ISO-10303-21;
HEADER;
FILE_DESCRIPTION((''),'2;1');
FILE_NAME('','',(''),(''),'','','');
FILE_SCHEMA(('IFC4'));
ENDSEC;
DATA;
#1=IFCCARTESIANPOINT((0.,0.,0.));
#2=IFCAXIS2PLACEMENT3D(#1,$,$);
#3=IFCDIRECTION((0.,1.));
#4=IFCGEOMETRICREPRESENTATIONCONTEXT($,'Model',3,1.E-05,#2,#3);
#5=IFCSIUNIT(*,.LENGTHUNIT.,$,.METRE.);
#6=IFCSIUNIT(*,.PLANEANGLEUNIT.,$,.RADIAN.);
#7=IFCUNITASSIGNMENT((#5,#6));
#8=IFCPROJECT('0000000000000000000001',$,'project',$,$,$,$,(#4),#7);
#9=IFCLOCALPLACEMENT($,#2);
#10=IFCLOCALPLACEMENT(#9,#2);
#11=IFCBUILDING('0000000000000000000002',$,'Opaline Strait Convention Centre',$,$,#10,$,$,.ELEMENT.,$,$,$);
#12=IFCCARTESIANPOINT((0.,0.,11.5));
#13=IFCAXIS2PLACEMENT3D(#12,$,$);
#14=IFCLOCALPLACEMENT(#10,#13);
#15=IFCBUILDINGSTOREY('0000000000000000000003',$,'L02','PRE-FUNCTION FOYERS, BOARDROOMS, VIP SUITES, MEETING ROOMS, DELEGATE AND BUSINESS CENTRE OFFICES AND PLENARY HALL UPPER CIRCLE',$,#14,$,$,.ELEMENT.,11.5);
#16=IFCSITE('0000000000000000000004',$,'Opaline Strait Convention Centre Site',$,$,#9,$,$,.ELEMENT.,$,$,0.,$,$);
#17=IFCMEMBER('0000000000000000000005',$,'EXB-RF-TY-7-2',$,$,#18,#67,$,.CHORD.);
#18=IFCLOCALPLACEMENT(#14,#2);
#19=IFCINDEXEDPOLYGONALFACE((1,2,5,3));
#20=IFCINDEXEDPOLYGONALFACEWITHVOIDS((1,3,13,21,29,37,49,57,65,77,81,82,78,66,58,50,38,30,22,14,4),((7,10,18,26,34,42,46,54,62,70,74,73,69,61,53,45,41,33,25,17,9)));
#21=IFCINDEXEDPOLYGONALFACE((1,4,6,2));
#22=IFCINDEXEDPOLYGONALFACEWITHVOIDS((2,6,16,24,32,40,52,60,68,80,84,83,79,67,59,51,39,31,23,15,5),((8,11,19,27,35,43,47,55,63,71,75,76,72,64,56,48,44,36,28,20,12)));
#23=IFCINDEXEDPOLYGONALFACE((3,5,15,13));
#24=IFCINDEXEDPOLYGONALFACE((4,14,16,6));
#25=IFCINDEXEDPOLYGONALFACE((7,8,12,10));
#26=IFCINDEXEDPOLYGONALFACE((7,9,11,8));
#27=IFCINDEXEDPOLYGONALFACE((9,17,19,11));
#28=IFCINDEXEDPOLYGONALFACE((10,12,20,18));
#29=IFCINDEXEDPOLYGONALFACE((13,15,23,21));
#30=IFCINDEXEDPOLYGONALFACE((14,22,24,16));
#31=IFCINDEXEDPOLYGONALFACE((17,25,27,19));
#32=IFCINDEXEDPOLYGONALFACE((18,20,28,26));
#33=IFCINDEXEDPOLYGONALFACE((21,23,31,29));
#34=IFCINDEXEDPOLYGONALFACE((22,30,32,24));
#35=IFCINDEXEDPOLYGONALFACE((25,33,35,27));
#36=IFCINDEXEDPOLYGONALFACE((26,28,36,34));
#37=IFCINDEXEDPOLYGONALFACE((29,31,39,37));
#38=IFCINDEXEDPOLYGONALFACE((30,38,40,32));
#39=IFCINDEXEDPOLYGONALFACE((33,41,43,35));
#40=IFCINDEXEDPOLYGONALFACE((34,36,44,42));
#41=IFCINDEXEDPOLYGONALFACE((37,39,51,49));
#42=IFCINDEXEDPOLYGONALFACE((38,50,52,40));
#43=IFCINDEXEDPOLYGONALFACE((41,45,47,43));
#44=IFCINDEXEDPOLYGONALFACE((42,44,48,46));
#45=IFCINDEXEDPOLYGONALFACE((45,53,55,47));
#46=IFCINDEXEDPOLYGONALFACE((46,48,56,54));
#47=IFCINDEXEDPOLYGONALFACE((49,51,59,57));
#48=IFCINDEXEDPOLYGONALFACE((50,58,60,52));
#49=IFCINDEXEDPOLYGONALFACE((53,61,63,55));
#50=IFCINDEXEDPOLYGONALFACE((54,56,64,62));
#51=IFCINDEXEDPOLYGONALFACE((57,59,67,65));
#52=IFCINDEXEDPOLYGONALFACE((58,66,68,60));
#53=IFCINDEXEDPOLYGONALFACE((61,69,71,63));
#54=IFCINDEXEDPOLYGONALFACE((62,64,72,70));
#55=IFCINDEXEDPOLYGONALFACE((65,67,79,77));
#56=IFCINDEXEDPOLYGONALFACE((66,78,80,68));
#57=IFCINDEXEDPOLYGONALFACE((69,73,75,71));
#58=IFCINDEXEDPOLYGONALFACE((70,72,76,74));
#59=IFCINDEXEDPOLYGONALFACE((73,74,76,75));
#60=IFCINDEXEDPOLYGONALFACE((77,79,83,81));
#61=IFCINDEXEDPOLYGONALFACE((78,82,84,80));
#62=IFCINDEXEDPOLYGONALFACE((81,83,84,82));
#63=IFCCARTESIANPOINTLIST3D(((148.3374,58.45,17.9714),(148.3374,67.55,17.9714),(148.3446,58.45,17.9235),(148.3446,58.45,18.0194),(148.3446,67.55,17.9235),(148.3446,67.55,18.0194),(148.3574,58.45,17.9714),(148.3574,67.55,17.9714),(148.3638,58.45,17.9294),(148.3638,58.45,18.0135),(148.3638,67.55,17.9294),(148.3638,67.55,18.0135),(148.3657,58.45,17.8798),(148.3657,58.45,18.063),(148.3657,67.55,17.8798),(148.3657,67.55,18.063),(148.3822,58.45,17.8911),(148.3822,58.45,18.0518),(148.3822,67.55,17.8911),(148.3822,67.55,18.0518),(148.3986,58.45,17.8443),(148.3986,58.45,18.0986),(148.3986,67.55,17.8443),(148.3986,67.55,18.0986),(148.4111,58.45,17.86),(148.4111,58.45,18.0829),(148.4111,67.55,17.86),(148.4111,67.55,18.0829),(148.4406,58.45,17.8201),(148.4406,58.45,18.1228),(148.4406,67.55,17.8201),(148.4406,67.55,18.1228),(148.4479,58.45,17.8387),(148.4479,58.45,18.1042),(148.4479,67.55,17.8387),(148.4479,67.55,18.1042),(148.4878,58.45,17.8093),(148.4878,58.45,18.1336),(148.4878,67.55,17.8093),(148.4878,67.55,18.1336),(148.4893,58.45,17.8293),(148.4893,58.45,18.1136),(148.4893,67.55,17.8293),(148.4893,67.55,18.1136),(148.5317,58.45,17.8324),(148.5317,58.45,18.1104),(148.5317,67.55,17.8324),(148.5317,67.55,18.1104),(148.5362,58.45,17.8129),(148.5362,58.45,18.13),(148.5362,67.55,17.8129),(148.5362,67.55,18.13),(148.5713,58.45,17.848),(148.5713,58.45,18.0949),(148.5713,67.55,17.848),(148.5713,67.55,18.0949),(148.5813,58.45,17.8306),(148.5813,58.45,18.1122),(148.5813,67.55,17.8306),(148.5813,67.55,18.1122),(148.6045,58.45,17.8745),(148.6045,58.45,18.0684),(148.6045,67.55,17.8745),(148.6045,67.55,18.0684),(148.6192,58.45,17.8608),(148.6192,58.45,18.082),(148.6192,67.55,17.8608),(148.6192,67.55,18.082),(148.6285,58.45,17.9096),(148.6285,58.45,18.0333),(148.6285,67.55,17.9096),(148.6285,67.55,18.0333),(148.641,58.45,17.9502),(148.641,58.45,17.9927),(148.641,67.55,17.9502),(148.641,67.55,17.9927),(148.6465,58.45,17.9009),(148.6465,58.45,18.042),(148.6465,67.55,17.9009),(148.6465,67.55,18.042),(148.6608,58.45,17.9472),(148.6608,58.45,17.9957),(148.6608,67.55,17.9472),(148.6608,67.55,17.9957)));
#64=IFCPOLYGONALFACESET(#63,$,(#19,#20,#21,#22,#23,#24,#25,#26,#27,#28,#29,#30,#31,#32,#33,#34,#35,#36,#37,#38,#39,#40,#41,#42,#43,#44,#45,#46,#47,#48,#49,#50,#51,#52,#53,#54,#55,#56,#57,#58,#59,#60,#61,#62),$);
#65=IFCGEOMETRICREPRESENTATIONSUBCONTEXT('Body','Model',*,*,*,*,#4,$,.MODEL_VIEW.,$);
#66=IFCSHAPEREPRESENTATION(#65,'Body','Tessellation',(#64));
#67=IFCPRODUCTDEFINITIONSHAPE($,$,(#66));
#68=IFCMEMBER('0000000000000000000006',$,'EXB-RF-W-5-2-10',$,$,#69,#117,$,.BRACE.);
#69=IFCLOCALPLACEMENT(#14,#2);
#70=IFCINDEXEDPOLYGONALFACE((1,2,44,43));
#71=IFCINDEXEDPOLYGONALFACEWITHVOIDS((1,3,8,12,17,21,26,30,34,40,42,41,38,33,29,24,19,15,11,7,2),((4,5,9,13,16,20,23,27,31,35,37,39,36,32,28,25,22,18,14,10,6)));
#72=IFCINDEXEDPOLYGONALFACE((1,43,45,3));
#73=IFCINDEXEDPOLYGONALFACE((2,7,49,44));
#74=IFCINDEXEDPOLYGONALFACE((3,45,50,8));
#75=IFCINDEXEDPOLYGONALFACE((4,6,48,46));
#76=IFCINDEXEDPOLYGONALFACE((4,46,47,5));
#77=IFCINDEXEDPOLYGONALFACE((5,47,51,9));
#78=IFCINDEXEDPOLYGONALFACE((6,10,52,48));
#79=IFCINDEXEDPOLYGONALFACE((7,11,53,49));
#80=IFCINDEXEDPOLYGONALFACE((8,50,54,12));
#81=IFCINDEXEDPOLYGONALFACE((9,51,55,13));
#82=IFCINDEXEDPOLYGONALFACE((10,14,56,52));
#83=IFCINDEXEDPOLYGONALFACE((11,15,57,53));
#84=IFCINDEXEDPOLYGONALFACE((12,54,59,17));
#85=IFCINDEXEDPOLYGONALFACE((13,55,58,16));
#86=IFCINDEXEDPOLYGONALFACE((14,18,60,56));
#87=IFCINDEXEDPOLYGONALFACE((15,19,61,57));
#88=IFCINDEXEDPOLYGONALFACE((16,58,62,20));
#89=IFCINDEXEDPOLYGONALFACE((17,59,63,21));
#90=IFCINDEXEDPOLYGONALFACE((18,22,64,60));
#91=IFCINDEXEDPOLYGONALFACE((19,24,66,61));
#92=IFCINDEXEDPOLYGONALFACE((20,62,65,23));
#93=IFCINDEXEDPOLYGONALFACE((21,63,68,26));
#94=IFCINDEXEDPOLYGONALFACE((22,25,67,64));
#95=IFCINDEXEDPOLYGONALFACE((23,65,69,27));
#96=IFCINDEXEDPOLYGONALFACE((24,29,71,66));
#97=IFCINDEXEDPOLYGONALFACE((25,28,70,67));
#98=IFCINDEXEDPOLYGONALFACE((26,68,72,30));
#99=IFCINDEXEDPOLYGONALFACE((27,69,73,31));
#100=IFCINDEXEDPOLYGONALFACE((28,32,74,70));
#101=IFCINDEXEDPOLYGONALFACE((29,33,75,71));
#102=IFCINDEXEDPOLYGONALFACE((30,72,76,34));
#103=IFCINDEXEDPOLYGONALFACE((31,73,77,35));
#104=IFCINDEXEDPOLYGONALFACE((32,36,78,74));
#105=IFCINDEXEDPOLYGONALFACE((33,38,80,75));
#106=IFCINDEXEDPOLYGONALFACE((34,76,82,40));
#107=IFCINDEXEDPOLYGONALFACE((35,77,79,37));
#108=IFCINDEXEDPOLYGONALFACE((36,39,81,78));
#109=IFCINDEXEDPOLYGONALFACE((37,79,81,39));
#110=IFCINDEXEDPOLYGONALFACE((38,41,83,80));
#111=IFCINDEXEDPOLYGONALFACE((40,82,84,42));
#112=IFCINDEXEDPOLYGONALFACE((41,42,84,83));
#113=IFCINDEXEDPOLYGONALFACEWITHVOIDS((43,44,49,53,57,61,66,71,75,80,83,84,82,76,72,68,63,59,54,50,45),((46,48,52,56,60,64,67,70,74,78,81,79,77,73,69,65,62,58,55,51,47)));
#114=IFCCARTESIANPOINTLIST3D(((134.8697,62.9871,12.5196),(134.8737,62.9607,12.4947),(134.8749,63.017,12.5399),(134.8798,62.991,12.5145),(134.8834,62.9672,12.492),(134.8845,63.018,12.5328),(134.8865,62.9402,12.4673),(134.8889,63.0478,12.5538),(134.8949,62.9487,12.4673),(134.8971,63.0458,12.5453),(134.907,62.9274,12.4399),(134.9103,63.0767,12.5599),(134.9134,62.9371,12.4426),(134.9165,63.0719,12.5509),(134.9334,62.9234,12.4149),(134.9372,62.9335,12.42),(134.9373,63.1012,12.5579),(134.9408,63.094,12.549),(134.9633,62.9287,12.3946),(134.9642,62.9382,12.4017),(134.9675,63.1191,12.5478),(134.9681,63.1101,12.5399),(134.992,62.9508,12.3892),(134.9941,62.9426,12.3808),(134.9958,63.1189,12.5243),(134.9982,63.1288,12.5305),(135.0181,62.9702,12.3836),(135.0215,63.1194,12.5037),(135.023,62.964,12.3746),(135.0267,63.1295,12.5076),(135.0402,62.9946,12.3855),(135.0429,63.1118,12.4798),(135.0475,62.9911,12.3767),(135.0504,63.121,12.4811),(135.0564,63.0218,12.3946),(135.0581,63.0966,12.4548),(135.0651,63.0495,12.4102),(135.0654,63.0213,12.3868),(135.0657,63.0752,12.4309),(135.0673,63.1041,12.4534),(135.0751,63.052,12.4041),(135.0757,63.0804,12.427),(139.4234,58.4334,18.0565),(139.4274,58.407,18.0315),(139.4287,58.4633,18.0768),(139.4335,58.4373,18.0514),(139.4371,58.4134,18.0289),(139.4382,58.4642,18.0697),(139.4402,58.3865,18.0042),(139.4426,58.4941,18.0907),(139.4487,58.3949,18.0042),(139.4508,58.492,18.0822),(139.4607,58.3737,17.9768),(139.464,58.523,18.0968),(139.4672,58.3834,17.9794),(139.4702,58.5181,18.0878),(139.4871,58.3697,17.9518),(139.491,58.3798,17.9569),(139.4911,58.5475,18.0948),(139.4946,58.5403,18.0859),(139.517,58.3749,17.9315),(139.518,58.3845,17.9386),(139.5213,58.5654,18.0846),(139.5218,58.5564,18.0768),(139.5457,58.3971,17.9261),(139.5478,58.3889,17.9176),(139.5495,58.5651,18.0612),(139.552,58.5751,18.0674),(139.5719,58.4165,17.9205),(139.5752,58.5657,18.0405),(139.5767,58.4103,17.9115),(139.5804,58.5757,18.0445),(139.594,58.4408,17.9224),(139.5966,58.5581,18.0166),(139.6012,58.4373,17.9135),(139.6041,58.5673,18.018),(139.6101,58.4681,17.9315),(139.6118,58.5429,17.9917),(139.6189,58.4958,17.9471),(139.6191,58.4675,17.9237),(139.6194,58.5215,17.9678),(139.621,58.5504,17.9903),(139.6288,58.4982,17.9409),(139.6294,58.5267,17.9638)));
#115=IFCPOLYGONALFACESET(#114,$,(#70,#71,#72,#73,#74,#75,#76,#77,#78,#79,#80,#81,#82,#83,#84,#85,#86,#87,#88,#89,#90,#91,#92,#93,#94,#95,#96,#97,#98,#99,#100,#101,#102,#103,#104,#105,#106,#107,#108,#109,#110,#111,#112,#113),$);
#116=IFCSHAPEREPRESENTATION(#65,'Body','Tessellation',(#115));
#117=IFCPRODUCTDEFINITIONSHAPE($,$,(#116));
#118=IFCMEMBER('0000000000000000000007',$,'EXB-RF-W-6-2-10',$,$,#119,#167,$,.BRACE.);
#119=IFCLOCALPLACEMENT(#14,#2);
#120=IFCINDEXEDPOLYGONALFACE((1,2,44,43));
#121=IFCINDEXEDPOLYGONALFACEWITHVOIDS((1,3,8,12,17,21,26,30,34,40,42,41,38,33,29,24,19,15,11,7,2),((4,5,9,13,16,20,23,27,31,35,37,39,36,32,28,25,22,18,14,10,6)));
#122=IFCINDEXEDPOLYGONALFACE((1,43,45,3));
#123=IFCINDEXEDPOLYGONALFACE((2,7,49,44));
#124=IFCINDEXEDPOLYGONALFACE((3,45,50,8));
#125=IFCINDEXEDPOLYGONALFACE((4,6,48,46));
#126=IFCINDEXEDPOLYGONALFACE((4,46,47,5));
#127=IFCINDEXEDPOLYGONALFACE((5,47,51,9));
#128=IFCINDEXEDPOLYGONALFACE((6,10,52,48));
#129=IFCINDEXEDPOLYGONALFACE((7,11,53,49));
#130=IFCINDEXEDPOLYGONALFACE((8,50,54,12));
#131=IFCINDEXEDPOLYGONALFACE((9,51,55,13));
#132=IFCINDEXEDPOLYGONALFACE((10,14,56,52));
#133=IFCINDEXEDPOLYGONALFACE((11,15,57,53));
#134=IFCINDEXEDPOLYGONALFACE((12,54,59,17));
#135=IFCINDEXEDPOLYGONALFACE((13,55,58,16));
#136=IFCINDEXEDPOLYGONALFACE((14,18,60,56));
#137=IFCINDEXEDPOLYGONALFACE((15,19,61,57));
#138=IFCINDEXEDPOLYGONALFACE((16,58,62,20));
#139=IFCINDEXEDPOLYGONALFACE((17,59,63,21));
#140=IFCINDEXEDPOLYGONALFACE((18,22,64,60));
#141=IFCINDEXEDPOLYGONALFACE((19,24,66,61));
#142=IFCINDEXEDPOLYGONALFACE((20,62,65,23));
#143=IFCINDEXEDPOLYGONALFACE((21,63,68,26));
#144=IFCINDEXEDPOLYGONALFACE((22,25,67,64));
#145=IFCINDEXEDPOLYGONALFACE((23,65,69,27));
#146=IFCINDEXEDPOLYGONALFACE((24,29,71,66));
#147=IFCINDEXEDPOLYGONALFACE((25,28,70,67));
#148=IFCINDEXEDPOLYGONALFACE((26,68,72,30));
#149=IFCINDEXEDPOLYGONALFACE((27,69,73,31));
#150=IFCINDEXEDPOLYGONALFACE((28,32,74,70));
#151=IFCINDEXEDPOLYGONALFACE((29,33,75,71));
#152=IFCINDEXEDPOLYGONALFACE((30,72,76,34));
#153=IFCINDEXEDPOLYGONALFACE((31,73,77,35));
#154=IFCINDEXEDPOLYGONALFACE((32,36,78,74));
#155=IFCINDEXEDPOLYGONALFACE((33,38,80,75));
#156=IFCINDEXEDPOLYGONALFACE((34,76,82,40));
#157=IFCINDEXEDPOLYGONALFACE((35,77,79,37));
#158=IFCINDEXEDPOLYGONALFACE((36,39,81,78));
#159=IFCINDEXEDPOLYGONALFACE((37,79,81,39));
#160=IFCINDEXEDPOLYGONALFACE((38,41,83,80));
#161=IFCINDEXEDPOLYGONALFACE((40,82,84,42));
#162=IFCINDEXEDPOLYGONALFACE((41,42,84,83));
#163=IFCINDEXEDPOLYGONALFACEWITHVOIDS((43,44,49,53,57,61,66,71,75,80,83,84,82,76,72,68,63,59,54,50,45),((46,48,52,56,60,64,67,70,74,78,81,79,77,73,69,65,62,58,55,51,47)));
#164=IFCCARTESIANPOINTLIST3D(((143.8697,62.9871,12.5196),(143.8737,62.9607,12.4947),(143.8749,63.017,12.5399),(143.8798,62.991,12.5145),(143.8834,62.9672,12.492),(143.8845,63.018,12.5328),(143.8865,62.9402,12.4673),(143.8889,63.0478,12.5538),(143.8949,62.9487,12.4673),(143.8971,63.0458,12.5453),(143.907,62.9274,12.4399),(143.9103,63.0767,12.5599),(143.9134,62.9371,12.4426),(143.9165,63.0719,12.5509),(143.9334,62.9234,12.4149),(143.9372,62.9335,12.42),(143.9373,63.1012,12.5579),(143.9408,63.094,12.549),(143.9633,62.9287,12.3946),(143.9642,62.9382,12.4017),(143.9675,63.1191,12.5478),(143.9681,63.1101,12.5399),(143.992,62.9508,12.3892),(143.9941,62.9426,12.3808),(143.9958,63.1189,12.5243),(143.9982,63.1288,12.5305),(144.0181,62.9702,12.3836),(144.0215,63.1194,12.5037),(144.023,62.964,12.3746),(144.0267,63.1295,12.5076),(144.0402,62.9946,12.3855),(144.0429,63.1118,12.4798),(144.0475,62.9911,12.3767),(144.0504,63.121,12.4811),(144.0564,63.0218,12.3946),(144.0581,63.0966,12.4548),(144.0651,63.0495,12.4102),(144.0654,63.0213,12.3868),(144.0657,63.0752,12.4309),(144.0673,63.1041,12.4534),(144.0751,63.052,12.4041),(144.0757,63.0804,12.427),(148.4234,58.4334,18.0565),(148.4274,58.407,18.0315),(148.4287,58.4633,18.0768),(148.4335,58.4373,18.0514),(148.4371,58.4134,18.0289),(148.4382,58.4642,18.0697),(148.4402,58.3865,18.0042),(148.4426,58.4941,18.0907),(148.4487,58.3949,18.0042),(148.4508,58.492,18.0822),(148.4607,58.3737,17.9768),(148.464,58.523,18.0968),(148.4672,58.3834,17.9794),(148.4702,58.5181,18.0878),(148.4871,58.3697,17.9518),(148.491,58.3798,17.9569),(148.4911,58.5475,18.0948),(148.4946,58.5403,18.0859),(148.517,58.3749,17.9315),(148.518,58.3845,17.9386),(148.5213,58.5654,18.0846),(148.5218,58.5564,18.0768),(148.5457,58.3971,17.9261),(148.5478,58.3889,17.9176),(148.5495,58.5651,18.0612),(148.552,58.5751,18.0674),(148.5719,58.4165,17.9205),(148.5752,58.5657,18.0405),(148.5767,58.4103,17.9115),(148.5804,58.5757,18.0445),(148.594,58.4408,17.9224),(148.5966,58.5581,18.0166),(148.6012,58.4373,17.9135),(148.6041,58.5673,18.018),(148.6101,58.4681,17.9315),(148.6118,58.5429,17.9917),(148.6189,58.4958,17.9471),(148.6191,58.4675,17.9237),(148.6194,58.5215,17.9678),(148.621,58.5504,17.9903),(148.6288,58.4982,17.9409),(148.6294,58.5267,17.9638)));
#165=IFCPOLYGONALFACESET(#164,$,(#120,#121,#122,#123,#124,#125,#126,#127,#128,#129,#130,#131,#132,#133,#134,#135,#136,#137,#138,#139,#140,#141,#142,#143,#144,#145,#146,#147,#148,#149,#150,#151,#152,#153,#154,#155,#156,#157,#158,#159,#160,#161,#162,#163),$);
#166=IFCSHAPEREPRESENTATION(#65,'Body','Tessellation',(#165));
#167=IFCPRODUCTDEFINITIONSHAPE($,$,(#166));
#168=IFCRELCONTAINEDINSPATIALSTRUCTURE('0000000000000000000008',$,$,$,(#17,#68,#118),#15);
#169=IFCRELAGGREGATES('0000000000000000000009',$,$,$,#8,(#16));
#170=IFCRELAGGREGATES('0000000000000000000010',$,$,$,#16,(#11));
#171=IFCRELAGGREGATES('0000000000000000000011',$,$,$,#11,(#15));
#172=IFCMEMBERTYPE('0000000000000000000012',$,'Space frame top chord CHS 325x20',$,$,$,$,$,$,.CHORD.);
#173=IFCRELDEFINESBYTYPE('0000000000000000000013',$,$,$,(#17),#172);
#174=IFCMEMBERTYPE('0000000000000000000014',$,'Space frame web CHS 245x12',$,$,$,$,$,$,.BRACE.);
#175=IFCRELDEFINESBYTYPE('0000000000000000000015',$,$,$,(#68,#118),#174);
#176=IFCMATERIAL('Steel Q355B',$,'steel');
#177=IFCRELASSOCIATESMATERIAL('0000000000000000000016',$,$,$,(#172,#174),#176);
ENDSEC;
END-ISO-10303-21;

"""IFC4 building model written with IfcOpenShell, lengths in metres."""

from ifc_helpers import new_model, si_unit, direction, frame, origin, origin_2d, place, context, subcontext, project, spatial, hollow_circle, extrude, material, material_profile, profile_set, type_object, element, save


model = new_model("IFC4")

# Units and contexts
model_context = context("Model", 3, precision=1e-05, world=origin(), true_north=direction((0.0, 1.0)))
body_context = subcontext(model_context, "Body", "Model", "MODEL_VIEW")
ifc_project = project(units=[si_unit("LENGTHUNIT", "METRE"), si_unit("PLANEANGLEUNIT", "RADIAN")], contexts=[model_context])

# Site, building, storey
site_placement = place(None, origin())
site = spatial("IfcSite", under=ifc_project, at=site_placement, Name="Opaline Strait Convention Centre Site", CompositionType="ELEMENT", RefElevation=0.0)
building_placement = place(site_placement, origin())
building = spatial("IfcBuilding", under=site, at=building_placement, Name="Opaline Strait Convention Centre", CompositionType="ELEMENT")
storey_placement = place(building_placement, frame((0.0, 0.0, 11.5)))
storey = spatial("IfcBuildingStorey", under=building, at=storey_placement, Name="L02", Description="PRE-FUNCTION FOYERS, BOARDROOMS, VIP SUITES, MEETING ROOMS, DELEGATE AND BUSINESS CENTRE OFFICES AND PLENARY HALL UPPER CIRCLE", CompositionType="ELEMENT", Elevation=11.5)

# Members
ifc_material_1 = material(Name="Steel Q355B", Category="steel")
ifc_material_profile_1 = material_profile(ifc_material_1, hollow_circle(Radius=0.1626, WallThickness=0.02, at=origin_2d()), Name="CHS 325x20")
ifc_profile_set_1 = profile_set([ifc_material_profile_1], Name="Steel Q355B")
member_type_1 = type_object("IfcMemberType", Name="Space frame top chord CHS 325x20", PredefinedType="CHORD", material=ifc_profile_set_1)
for number, where, z_axis, x_axis, name in (
    (1, (148.5, 58.45, 17.9714), (0.0, 1.0, 0.0), (-1.0, 0.0, 0.0), "EXB-RF-TY-7-2"),
):
    element("IfcMember", number, at=place(storey_placement, frame(where, z_axis=z_axis, x_axis=x_axis)), inside=storey, type_object=member_type_1, Name=name, PredefinedType="CHORD", context=body_context, shape_type="SweptSolid", body=[
        extrude(hollow_circle(Radius=0.1626, WallThickness=0.02, at=origin_2d()), origin(), (0.0, 0.0, 1.0), 9.1001),
    ])
ifc_material_profile_2 = material_profile(ifc_material_1, hollow_circle(Radius=0.1226, WallThickness=0.012, at=origin_2d()), Name="CHS 245x12")
ifc_profile_set_2 = profile_set([ifc_material_profile_2], Name="Steel Q355B")
member_type_2 = type_object("IfcMemberType", Name="Space frame web CHS 245x12", PredefinedType="BRACE", material=ifc_profile_set_2)
for number, where, z_axis, x_axis, name in (
    (2, (139.5269, 58.4731, 18.0042), (-0.536178, 0.536178, -0.65194), (-0.707107, -0.707107, 0.0), "EXB-RF-W-5-2-10"),
    (3, (148.5269, 58.4731, 18.0042), (-0.536178, 0.536178, -0.65194), (-0.707107, -0.707107, 0.0), "EXB-RF-W-6-2-10"),
):
    element("IfcMember", number, at=place(storey_placement, frame(where, z_axis=z_axis, x_axis=x_axis)), inside=storey, type_object=member_type_2, Name=name, PredefinedType="BRACE", context=body_context, shape_type="SweptSolid", body=[
        extrude(hollow_circle(Radius=0.1226, WallThickness=0.012, at=origin_2d()), origin(), (0.0, 0.0, 1.0), 8.4929),
    ])

save(model, "model.ifc")
